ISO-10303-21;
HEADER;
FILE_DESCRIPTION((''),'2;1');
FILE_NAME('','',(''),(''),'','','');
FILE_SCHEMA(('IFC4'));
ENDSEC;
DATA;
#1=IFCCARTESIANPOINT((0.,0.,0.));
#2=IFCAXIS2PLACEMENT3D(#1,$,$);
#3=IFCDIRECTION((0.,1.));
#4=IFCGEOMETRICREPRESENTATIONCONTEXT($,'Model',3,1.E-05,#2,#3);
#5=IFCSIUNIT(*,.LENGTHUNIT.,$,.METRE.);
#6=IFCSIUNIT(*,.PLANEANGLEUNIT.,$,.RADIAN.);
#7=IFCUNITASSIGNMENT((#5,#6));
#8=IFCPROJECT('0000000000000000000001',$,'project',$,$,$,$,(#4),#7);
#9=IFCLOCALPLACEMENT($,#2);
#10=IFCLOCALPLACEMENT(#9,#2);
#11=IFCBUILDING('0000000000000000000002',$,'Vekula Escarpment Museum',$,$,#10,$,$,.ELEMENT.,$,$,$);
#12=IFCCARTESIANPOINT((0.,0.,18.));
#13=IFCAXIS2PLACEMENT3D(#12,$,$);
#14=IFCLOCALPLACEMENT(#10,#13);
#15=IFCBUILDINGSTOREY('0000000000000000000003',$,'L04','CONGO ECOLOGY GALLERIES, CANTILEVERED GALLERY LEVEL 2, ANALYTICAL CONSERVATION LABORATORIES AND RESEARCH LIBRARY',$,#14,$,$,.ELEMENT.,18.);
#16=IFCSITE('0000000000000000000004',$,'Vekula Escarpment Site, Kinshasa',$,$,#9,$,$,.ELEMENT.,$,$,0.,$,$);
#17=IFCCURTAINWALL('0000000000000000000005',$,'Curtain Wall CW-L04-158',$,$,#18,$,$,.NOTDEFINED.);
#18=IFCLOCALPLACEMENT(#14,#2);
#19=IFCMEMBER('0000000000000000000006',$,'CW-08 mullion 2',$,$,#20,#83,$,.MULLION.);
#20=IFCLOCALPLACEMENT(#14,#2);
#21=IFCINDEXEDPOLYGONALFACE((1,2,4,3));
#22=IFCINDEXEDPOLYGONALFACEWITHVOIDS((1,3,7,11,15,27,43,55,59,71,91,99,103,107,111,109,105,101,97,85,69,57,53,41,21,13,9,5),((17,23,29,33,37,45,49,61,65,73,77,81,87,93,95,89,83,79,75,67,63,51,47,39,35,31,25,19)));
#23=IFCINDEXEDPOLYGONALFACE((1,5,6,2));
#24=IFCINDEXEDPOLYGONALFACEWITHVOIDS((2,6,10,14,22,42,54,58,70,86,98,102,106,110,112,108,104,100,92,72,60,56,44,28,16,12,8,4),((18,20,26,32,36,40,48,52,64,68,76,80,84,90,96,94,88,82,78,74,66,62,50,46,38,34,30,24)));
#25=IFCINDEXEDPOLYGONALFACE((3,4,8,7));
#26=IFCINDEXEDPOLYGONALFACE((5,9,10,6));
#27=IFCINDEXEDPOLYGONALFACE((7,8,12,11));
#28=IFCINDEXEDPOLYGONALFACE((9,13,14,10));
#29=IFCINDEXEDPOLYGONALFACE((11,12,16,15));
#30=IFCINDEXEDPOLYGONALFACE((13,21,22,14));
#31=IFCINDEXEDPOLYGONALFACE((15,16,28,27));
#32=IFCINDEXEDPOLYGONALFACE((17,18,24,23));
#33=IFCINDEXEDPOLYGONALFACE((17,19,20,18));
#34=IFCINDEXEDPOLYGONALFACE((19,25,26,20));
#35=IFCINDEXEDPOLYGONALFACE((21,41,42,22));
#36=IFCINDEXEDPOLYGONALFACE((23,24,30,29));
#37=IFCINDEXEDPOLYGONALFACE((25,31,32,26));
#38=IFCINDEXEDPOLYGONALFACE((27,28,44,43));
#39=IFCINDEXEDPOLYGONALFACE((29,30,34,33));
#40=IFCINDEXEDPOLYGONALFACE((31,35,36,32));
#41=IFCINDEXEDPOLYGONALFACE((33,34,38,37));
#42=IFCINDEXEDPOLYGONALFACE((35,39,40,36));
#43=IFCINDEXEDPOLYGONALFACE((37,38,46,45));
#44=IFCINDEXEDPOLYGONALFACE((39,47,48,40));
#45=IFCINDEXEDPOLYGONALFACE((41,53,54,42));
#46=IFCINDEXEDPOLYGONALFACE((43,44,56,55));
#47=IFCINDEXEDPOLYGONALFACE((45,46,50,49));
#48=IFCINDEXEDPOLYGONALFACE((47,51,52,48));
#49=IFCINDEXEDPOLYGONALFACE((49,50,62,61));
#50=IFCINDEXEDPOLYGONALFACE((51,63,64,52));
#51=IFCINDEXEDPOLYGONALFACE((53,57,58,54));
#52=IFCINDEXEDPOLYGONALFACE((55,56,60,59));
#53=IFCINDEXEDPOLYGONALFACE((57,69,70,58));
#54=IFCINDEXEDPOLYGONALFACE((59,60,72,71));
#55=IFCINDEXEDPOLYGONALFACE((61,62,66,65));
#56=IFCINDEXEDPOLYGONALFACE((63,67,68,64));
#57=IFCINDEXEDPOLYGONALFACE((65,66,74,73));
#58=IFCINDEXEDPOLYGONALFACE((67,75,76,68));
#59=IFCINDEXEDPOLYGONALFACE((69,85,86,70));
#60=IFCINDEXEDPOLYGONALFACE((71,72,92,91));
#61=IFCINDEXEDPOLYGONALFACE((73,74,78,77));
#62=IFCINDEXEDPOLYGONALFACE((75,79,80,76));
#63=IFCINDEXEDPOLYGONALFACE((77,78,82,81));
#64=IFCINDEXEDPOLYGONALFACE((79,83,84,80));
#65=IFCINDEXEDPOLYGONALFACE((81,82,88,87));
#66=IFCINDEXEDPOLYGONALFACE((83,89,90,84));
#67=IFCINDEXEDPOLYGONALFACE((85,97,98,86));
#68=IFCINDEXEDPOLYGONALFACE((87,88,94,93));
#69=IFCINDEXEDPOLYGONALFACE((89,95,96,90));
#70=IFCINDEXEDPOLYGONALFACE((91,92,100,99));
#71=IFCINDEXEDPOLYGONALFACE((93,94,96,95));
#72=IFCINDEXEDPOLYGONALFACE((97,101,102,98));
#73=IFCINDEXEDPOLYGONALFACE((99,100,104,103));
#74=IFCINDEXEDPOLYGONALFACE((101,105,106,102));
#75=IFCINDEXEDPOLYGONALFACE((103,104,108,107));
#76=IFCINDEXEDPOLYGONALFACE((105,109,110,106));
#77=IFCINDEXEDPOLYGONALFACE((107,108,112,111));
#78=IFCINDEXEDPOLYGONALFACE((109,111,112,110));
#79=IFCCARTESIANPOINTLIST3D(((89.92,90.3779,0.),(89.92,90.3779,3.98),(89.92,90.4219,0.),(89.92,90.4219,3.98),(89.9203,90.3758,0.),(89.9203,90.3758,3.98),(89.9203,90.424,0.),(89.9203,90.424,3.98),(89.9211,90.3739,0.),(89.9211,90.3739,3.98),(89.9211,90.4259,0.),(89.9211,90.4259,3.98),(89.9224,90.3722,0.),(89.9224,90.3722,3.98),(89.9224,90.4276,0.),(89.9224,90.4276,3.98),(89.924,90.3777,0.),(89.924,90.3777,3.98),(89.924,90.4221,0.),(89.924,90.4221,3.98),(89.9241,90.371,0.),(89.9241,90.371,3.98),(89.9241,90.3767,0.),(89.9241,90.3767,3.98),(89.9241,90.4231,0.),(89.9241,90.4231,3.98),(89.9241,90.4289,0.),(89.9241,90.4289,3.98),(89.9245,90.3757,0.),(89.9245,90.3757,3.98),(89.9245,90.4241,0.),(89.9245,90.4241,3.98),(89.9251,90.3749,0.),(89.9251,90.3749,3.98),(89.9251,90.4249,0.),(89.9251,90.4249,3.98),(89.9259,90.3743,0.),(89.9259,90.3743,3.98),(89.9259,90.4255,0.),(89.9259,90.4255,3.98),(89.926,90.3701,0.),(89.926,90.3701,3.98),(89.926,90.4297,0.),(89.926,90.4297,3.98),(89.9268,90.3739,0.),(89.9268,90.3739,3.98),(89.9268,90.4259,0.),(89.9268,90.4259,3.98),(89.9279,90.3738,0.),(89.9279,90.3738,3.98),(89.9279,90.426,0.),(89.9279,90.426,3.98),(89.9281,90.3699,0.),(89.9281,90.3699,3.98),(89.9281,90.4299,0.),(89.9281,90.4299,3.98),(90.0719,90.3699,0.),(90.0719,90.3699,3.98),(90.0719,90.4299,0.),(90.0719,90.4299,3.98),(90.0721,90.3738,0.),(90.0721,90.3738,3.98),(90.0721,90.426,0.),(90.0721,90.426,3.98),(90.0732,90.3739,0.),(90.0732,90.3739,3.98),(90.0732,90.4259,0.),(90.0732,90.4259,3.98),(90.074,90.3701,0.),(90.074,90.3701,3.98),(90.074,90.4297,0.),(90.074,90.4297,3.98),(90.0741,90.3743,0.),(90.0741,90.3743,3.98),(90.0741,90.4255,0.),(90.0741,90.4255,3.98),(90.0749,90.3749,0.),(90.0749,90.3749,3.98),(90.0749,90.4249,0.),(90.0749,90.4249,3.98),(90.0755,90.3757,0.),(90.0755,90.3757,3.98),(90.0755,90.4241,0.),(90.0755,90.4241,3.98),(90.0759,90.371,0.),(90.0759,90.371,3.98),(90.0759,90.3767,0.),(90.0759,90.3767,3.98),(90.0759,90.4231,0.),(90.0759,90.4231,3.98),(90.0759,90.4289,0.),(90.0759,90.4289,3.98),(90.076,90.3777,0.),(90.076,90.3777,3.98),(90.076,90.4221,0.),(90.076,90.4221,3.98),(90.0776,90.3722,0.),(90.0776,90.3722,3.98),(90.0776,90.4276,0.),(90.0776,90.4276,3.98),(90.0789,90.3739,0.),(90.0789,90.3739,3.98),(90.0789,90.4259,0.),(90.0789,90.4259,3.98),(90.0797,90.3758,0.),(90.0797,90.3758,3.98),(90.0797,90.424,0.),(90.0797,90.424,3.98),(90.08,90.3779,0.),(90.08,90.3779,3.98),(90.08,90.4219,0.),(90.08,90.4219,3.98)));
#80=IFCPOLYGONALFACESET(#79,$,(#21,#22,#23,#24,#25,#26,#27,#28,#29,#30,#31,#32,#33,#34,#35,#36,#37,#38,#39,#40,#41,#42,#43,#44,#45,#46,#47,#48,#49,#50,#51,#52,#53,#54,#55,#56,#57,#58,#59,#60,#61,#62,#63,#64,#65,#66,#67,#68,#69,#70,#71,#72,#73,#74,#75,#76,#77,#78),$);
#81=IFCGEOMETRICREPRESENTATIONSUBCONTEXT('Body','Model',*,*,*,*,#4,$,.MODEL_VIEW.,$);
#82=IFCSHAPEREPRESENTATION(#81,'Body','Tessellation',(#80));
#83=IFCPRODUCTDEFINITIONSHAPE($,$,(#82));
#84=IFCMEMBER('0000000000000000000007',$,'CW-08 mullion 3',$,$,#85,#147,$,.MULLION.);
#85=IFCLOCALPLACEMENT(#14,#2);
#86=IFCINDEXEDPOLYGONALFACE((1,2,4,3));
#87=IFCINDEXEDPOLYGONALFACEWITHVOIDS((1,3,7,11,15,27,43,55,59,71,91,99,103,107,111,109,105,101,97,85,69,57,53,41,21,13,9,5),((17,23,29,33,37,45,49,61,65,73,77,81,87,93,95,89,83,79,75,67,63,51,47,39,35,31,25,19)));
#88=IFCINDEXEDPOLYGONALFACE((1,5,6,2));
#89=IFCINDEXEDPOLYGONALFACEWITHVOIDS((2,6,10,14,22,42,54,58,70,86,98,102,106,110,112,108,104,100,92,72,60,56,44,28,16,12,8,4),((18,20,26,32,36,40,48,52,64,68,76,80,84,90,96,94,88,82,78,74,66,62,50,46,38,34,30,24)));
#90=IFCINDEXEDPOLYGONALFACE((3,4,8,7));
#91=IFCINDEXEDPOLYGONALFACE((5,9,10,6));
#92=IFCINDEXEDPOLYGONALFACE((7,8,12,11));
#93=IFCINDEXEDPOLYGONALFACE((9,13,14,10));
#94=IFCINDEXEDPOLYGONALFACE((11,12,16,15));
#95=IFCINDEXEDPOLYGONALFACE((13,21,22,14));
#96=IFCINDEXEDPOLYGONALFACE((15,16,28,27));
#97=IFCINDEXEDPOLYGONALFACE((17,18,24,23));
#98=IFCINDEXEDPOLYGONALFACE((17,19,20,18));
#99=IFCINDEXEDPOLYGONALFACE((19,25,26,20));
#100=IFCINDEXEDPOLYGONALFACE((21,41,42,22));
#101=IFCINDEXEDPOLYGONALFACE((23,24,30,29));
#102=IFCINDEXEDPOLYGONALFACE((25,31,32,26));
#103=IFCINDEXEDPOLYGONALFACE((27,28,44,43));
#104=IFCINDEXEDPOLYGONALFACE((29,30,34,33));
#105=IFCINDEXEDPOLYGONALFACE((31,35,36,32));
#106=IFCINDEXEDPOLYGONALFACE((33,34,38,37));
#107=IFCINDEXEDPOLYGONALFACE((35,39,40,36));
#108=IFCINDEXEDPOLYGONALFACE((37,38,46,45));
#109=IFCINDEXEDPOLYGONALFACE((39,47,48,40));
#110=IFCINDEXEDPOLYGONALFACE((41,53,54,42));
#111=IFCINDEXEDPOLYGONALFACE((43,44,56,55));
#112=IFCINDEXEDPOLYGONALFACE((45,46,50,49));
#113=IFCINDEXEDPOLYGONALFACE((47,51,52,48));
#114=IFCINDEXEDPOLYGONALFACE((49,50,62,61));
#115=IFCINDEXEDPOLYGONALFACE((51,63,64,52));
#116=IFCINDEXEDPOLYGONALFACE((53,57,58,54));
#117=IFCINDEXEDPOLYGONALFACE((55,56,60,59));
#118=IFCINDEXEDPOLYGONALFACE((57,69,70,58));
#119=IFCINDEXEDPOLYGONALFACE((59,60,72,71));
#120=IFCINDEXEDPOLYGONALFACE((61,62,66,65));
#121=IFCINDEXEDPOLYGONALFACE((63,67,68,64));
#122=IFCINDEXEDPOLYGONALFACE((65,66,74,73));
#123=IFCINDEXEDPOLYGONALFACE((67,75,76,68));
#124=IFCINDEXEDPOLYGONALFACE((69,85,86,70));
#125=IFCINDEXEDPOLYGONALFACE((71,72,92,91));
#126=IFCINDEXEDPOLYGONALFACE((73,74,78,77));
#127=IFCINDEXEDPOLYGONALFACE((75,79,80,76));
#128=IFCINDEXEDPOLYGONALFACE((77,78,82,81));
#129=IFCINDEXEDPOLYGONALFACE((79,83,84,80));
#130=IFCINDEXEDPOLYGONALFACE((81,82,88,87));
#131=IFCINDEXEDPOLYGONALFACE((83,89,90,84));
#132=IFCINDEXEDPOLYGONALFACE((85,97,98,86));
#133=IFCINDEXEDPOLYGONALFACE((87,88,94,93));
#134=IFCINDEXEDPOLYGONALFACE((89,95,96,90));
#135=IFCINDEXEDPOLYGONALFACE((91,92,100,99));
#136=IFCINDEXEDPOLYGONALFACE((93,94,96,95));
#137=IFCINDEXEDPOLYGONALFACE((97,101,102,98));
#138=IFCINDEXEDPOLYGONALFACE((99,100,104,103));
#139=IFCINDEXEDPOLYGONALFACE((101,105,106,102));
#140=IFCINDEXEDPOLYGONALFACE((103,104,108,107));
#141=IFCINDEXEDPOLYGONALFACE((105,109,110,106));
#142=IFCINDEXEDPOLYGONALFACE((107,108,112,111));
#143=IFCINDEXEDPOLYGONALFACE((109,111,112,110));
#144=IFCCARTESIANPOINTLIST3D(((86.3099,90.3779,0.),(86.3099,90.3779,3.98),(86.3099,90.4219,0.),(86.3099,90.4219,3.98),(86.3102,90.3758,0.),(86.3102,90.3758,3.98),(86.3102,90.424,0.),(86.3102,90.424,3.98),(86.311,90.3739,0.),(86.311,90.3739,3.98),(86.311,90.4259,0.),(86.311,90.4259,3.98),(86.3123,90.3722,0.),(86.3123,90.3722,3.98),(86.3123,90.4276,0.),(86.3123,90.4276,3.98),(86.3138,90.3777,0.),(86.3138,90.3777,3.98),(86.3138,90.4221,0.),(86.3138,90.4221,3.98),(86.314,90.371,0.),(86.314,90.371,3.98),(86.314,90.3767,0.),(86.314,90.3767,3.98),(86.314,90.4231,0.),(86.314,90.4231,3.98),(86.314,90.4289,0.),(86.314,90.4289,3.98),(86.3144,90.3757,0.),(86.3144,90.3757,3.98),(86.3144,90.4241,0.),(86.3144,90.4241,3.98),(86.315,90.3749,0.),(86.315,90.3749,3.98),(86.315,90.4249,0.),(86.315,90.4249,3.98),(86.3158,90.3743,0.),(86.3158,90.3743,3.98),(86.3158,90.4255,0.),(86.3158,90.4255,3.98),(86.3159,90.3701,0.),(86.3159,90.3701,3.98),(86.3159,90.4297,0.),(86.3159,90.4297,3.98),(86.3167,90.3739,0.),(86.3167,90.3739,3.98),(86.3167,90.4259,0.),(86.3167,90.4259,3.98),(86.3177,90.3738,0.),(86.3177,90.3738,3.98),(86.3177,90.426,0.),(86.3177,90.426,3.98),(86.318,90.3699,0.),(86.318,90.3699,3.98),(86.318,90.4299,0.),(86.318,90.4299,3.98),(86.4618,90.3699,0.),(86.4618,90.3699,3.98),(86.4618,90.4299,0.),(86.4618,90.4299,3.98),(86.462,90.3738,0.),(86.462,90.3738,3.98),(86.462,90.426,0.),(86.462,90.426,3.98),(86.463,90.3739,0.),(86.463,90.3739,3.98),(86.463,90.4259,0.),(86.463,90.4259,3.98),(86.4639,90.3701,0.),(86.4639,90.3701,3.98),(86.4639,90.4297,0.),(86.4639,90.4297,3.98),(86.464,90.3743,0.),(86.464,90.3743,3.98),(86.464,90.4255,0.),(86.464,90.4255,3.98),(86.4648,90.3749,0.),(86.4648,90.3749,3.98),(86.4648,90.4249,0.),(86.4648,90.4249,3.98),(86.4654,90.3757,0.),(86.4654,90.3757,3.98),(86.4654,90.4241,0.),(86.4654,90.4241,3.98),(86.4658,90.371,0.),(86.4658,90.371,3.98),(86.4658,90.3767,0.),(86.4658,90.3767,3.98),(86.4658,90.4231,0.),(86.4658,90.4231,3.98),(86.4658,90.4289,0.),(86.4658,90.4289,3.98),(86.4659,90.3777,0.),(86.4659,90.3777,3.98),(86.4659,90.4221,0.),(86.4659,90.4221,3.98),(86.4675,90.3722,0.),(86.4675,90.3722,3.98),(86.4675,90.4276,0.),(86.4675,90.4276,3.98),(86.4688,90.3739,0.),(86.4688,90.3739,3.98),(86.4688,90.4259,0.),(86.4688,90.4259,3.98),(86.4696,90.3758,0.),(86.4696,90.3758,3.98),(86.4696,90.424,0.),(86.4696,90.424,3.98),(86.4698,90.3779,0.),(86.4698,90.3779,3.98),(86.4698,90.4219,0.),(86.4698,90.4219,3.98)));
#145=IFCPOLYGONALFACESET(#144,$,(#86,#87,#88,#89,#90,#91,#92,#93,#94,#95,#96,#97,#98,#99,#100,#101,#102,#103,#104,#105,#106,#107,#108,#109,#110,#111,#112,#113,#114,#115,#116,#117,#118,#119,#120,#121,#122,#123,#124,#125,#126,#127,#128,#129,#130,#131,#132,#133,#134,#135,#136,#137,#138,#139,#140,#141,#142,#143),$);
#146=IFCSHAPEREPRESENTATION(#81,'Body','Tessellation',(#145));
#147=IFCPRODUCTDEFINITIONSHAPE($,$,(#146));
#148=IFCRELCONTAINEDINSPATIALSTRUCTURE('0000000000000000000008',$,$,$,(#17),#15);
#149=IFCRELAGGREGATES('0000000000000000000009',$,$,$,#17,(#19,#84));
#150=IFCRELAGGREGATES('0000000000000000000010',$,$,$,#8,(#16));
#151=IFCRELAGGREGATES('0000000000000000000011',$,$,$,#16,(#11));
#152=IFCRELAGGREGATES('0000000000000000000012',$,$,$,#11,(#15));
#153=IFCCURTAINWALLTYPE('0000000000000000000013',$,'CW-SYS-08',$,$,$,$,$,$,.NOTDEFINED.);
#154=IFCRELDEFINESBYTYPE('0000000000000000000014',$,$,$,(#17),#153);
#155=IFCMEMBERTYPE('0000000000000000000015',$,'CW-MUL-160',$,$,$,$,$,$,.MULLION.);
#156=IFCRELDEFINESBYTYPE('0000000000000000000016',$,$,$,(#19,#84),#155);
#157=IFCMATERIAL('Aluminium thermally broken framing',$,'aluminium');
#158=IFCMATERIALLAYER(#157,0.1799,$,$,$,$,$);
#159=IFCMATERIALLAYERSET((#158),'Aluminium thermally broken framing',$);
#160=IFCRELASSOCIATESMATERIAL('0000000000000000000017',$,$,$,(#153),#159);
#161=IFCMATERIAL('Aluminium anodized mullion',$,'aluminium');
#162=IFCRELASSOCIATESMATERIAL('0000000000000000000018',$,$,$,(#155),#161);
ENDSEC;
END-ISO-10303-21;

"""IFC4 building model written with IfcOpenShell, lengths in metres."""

from ifc_helpers import new_model, si_unit, direction, frame, origin, origin_2d, place, context, subcontext, project, spatial, hollow_rectangle, extrude, material, layer, layer_set, material_profile, profile_set, type_object, element, aggregate, save


model = new_model("IFC4")

# Units and contexts
model_context = context("Model", 3, precision=1e-05, world=origin(), true_north=direction((0.0, 1.0)))
body_context = subcontext(model_context, "Body", "Model", "MODEL_VIEW")
ifc_project = project(units=[si_unit("LENGTHUNIT", "METRE"), si_unit("PLANEANGLEUNIT", "RADIAN")], contexts=[model_context])

# Site, building, storey
site_placement = place(None, origin())
site = spatial("IfcSite", under=ifc_project, at=site_placement, Name="Vekula Escarpment Site, Kinshasa", CompositionType="ELEMENT", RefElevation=0.0)
building_placement = place(site_placement, origin())
building = spatial("IfcBuilding", under=site, at=building_placement, Name="Vekula Escarpment Museum", CompositionType="ELEMENT")
storey_placement = place(building_placement, frame((0.0, 0.0, 18.0)))
storey = spatial("IfcBuildingStorey", under=building, at=storey_placement, Name="L04", Description="CONGO ECOLOGY GALLERIES, CANTILEVERED GALLERY LEVEL 2, ANALYTICAL CONSERVATION LABORATORIES AND RESEARCH LIBRARY", CompositionType="ELEMENT", Elevation=18.0)

# Curtain wall, members
ifc_material_1 = material(Name="Aluminium thermally broken framing", Category="aluminium")
ifc_layer_1 = layer(ifc_material_1, 0.1799)
ifc_layer_set_1 = layer_set([ifc_layer_1], Name="Aluminium thermally broken framing")
curtain_wall_type_1 = type_object("IfcCurtainWallType", Name="CW-SYS-08", PredefinedType="NOTDEFINED", material=ifc_layer_set_1)
curtain_wall_1_placement = place(storey_placement, origin())
curtain_wall_1 = element("IfcCurtainWall", 1, at=curtain_wall_1_placement, inside=storey, type_object=curtain_wall_type_1, Name="Curtain Wall CW-L04-158", PredefinedType="NOTDEFINED")
ifc_material_2 = material(Name="Aluminium anodized mullion", Category="aluminium")
ifc_material_profile_1 = material_profile(ifc_material_2, hollow_rectangle(XDim=0.0601, YDim=0.1599, WallThickness=0.0039, InnerFilletRadius=0.0039, OuterFilletRadius=0.0081, at=origin_2d()), Name="ALU 160x60x4")
ifc_profile_set_1 = profile_set([ifc_material_profile_1], Name="Aluminium anodized mullion")
member_type_1 = type_object("IfcMemberType", Name="CW-MUL-160", PredefinedType="MULLION", material=ifc_profile_set_1)
member_1_placement = place(storey_placement, frame((90.0, 90.3999, 0.0), z_axis=(0.0, 0.0, 1.0), x_axis=(0.0, -1.0, 0.0)))
member_1 = element("IfcMember", 2, at=member_1_placement, type_object=member_type_1, Name="CW-08 mullion 2", PredefinedType="MULLION", context=body_context, shape_type="SweptSolid", body=[
    extrude(hollow_rectangle(XDim=0.0601, YDim=0.1599, WallThickness=0.0039, InnerFilletRadius=0.0039, OuterFilletRadius=0.0081, at=origin_2d()), origin(), (0.0, 0.0, 1.0), 3.98),
])
member_2_placement = place(storey_placement, frame((86.3899, 90.3999, 0.0), z_axis=(0.0, 0.0, 1.0), x_axis=(0.0, -1.0, 0.0)))
member_2 = element("IfcMember", 3, at=member_2_placement, type_object=member_type_1, Name="CW-08 mullion 3", PredefinedType="MULLION", context=body_context, shape_type="SweptSolid", body=[
    extrude(hollow_rectangle(XDim=0.0601, YDim=0.1599, WallThickness=0.0039, InnerFilletRadius=0.0039, OuterFilletRadius=0.0081, at=origin_2d()), origin(), (0.0, 0.0, 1.0), 3.98),
])

aggregate(curtain_wall_1, [member_1, member_2])

save(model, "model.ifc")
